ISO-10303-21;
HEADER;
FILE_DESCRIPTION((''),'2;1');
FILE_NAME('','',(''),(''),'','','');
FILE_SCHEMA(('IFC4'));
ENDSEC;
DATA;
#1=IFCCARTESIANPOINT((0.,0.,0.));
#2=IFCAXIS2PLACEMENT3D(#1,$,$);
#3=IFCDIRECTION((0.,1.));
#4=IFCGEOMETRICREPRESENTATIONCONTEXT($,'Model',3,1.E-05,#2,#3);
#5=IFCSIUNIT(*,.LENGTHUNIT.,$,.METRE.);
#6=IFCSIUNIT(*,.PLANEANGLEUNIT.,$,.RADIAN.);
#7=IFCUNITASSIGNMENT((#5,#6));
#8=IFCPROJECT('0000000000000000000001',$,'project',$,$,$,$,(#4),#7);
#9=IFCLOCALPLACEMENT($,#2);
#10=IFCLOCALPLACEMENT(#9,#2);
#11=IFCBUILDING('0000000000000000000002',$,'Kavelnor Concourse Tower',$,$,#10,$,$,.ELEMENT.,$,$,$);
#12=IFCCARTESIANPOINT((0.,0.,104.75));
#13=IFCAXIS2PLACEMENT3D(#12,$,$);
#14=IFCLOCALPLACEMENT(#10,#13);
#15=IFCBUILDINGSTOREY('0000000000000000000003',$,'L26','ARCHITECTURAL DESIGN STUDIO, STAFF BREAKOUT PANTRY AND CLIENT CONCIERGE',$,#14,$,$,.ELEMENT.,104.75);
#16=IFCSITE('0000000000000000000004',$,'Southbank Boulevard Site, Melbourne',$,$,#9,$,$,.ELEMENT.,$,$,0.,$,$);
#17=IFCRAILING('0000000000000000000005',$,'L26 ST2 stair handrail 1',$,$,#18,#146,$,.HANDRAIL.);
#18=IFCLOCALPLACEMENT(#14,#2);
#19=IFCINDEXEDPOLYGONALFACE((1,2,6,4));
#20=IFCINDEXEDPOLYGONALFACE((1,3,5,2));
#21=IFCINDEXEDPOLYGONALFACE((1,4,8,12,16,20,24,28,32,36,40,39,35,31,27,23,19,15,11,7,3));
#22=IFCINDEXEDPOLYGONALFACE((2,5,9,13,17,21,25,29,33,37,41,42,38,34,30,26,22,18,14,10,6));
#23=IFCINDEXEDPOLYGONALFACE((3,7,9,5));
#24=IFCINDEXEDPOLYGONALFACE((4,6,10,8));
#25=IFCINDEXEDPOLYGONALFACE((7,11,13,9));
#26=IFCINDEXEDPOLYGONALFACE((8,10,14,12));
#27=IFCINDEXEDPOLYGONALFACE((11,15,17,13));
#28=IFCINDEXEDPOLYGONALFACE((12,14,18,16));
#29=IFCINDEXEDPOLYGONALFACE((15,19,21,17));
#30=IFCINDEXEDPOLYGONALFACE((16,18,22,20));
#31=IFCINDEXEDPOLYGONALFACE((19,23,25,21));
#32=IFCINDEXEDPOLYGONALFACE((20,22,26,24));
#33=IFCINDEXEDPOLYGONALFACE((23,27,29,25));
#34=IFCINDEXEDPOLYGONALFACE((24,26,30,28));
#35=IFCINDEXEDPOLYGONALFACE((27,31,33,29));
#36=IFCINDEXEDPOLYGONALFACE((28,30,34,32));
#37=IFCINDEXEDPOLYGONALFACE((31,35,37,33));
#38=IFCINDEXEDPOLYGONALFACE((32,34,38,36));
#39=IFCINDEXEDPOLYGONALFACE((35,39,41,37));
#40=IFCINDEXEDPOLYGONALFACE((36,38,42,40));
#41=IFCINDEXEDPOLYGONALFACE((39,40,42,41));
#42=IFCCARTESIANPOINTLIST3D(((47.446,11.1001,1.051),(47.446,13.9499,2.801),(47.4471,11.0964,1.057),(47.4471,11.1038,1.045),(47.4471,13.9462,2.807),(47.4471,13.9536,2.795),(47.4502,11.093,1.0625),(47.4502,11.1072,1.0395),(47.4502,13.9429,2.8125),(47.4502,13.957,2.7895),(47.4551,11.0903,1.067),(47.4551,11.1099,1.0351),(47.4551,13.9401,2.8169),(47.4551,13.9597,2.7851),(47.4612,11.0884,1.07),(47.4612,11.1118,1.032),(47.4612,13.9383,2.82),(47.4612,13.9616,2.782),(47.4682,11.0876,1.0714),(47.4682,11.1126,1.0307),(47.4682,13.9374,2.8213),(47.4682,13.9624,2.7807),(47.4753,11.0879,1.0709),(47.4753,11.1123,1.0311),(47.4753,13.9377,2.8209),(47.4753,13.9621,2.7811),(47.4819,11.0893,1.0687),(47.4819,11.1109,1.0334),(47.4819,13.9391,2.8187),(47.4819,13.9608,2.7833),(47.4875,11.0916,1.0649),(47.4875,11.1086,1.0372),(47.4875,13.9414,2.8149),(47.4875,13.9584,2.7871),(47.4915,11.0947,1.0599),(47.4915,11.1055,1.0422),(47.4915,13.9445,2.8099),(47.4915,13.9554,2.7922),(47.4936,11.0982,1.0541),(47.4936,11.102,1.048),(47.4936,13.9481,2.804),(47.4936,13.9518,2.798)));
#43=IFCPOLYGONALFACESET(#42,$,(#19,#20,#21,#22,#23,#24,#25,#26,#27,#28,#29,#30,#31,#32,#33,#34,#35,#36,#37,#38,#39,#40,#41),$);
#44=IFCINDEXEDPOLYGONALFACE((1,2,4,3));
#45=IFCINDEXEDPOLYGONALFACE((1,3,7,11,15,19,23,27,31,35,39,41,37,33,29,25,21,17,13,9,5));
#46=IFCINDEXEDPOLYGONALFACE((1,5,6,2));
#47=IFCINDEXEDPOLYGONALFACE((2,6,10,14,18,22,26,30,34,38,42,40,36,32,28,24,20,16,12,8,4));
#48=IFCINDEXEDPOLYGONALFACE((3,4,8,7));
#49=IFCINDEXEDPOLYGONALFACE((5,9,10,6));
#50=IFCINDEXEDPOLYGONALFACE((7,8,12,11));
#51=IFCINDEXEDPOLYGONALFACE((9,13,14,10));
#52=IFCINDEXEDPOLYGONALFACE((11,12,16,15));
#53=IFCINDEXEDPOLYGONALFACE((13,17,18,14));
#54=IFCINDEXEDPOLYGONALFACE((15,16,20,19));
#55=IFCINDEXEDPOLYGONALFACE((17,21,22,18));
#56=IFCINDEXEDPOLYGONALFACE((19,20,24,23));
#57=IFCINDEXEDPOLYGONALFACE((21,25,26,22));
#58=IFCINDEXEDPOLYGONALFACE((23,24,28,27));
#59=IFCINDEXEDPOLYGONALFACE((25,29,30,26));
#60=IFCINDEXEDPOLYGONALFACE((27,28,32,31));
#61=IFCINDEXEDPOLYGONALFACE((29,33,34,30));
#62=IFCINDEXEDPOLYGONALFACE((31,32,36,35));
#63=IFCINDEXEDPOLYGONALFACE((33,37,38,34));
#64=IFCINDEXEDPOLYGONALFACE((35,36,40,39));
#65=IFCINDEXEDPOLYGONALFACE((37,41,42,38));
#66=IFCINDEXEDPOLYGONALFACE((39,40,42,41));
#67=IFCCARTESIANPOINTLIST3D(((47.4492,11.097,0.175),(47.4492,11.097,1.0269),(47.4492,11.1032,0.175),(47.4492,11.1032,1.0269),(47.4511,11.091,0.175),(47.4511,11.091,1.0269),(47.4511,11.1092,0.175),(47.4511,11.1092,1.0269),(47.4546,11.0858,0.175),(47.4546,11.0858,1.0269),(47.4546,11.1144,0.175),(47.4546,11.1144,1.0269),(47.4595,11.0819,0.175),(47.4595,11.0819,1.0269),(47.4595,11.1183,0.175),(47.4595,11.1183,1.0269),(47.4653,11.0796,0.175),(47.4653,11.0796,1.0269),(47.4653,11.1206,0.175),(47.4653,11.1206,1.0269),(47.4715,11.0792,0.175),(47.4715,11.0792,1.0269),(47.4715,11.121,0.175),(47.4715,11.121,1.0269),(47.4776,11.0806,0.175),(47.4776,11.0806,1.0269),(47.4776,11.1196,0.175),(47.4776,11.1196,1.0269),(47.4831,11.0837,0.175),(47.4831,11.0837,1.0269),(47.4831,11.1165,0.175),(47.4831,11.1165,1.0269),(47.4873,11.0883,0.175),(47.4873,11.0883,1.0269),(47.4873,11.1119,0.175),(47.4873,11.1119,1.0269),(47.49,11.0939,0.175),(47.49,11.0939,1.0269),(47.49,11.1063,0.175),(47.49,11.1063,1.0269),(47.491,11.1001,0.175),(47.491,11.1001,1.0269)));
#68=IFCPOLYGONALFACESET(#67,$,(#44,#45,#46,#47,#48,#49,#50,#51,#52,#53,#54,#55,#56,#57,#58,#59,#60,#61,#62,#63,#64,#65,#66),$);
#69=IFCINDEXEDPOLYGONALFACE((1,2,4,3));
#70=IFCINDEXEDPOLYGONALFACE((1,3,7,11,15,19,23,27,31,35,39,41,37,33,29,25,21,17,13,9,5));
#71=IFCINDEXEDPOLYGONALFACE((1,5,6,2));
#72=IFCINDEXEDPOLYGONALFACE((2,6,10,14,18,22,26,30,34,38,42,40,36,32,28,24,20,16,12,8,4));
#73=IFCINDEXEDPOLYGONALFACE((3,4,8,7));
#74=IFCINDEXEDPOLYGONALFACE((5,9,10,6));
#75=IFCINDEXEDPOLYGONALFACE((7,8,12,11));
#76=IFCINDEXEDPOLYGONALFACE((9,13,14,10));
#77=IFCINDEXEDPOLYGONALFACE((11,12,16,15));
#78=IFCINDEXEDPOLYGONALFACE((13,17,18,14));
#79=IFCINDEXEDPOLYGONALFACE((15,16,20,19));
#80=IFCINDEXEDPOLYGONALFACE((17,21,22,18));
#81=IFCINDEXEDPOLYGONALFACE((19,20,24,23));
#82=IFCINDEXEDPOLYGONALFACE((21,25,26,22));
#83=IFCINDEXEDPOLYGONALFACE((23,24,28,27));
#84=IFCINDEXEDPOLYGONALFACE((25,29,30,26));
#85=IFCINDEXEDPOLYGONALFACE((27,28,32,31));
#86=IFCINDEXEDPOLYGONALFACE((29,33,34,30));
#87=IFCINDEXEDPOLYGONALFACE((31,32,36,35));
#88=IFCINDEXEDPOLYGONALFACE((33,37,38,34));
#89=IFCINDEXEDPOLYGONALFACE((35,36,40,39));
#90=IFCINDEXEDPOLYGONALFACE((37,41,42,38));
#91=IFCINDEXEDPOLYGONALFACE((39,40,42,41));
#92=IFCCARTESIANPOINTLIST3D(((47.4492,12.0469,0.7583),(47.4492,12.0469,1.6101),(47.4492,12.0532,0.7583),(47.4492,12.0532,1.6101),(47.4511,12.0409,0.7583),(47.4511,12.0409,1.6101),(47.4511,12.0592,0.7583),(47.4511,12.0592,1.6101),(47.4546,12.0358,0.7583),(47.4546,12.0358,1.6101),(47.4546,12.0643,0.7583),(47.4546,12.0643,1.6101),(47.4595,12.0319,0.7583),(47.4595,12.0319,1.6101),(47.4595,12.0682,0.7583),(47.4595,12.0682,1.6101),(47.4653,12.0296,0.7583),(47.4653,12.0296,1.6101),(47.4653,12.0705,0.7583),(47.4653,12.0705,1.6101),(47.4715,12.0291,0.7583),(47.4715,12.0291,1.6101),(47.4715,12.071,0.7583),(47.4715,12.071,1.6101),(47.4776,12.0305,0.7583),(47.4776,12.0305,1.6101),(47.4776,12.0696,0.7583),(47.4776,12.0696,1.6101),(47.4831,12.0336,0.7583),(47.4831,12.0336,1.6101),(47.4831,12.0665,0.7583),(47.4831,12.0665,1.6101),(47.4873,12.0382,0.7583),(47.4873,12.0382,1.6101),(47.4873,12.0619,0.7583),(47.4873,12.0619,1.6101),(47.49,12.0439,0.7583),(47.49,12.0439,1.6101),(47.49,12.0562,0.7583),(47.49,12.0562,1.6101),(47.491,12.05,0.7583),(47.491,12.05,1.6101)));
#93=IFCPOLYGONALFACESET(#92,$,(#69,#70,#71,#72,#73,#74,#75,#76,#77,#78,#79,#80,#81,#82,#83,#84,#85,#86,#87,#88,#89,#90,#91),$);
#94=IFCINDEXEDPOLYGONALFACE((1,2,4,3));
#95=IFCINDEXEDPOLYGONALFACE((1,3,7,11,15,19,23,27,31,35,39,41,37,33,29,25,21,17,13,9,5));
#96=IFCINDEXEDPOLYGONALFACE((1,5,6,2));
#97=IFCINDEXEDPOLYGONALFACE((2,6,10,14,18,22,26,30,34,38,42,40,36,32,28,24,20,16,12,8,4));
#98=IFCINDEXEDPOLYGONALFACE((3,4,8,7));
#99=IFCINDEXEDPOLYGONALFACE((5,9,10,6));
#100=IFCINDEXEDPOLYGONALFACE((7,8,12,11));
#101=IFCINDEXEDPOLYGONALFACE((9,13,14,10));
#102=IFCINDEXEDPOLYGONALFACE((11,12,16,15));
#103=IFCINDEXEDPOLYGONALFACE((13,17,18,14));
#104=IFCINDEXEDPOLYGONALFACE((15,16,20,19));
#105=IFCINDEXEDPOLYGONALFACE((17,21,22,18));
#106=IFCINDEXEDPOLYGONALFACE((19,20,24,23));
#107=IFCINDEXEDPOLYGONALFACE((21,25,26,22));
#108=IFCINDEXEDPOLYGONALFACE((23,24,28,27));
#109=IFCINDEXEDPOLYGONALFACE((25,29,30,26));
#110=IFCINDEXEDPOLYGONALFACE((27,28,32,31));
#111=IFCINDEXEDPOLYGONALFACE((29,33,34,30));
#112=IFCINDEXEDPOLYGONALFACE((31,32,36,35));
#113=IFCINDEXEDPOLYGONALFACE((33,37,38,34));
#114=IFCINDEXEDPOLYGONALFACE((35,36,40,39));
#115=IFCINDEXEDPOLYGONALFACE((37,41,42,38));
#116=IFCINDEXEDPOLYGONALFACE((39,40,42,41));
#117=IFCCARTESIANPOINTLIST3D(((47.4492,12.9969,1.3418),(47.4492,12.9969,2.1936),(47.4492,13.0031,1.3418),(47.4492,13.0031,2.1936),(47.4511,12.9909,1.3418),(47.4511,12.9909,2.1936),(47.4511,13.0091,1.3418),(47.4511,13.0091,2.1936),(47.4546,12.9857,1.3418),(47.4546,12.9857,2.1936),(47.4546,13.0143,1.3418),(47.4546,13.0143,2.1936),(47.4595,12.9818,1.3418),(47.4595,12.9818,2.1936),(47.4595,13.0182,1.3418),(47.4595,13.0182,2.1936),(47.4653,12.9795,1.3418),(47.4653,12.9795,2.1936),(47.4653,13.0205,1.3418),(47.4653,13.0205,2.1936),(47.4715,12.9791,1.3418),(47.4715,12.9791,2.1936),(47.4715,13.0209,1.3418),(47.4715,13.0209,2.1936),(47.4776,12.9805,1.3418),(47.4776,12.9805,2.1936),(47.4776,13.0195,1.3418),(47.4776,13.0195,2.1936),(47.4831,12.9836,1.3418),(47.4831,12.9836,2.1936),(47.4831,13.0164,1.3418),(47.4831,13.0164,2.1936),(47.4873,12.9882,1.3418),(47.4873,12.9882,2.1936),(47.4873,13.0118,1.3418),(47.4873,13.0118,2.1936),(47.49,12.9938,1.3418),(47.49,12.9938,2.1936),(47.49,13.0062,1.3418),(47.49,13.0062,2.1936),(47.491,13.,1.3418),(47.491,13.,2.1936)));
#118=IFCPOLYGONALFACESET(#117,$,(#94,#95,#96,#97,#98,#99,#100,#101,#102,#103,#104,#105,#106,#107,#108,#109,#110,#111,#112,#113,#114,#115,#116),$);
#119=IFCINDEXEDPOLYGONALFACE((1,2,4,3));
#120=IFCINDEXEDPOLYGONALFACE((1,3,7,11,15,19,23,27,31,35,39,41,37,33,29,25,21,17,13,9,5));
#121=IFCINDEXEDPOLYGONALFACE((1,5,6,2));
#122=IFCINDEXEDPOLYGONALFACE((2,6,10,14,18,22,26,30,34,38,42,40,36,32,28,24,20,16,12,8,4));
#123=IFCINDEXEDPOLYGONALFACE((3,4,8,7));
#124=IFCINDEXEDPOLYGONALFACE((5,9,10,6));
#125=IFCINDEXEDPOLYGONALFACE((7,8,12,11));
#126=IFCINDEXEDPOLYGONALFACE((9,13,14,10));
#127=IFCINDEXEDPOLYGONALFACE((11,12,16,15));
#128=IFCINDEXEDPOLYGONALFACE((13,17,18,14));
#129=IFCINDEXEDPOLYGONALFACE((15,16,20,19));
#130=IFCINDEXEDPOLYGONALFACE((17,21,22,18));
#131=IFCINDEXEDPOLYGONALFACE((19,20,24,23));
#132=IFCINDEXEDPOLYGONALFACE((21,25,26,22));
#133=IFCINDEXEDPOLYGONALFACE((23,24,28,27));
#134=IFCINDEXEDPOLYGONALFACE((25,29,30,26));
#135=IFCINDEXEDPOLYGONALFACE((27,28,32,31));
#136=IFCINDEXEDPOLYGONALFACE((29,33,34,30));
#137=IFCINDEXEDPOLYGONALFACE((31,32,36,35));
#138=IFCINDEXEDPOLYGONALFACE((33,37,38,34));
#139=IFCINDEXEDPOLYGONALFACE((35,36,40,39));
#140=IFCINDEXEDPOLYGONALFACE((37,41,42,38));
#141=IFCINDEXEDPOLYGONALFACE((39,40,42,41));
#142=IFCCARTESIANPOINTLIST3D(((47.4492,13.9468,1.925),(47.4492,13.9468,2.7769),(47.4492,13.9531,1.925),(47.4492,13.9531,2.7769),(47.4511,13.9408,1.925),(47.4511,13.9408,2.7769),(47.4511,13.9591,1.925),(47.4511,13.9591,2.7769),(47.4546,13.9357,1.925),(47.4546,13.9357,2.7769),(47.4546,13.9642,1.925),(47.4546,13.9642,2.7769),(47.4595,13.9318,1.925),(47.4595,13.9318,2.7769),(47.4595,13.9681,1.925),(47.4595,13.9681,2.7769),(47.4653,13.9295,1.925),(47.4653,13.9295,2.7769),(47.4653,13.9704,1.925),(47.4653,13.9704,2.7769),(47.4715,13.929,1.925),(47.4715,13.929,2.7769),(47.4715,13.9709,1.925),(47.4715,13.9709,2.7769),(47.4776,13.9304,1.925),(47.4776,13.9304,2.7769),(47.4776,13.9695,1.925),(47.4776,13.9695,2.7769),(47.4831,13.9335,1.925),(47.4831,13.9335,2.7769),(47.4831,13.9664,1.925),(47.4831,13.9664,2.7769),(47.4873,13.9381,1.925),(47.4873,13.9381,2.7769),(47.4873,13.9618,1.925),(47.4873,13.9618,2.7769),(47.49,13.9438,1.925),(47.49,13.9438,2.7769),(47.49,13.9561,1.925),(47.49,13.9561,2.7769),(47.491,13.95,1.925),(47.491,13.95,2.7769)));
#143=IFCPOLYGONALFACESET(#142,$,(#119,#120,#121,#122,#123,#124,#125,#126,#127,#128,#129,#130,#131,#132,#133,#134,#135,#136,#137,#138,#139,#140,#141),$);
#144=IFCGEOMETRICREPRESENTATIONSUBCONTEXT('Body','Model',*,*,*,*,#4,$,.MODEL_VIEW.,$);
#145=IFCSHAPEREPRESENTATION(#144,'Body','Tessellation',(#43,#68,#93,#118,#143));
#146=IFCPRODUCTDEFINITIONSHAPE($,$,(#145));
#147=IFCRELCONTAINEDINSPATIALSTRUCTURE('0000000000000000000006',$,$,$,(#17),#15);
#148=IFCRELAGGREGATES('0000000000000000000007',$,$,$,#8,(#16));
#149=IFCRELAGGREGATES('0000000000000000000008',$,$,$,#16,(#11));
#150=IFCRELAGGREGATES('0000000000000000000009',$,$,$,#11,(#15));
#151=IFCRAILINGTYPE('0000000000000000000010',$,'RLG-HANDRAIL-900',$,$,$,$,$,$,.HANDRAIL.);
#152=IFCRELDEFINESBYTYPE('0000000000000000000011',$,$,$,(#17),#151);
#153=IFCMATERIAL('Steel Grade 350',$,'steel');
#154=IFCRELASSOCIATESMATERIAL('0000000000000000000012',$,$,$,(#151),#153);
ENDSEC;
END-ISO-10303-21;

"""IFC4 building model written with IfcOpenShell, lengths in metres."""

from ifc_helpers import new_model, si_unit, direction, frame, origin, origin_2d, place, context, subcontext, project, spatial, circle, extrude, material, type_object, element, save


model = new_model("IFC4")

# Units and contexts
model_context = context("Model", 3, precision=1e-05, world=origin(), true_north=direction((0.0, 1.0)))
body_context = subcontext(model_context, "Body", "Model", "MODEL_VIEW")
ifc_project = project(units=[si_unit("LENGTHUNIT", "METRE"), si_unit("PLANEANGLEUNIT", "RADIAN")], contexts=[model_context])

# Site, building, storey
site_placement = place(None, origin())
site = spatial("IfcSite", under=ifc_project, at=site_placement, Name="Southbank Boulevard Site, Melbourne", CompositionType="ELEMENT", RefElevation=0.0)
building_placement = place(site_placement, origin())
building = spatial("IfcBuilding", under=site, at=building_placement, Name="Kavelnor Concourse Tower", CompositionType="ELEMENT")
storey_placement = place(building_placement, frame((0.0, 0.0, 104.75)))
storey = spatial("IfcBuildingStorey", under=building, at=storey_placement, Name="L26", Description="ARCHITECTURAL DESIGN STUDIO, STAFF BREAKOUT PANTRY AND CLIENT CONCIERGE", CompositionType="ELEMENT", Elevation=104.75)

# Shared definitions
ifc_material_1 = material(Name="Steel Grade 350", Category="steel")

# Railing
railing_type_1 = type_object("IfcRailingType", Name="RLG-HANDRAIL-900", PredefinedType="HANDRAIL", material=ifc_material_1)
railing_1_placement = place(storey_placement, frame((47.47, 11.1001, 0.175)))
element("IfcRailing", 1, at=railing_1_placement, inside=storey, type_object=railing_type_1, Name="L26 ST2 stair handrail 1", PredefinedType="HANDRAIL", context=body_context, shape_type="SweptSolid", body=[
    extrude(circle(Radius=0.0239, at=origin_2d()), frame((0.0, 0.0, 0.876), z_axis=(0.0, 0.852159, 0.523283), x_axis=(-1.0, 0.0, 0.0)), (0.0, 0.0, 1.0), 3.3442),
    extrude(circle(Radius=0.021, at=origin_2d()), origin(), (0.0, 0.0, 1.0), 0.8518),
    extrude(circle(Radius=0.021, at=origin_2d()), frame((0.0, 0.95, 0.5833)), (0.0, 0.0, 1.0), 0.8518),
    extrude(circle(Radius=0.021, at=origin_2d()), frame((0.0, 1.8999, 1.1667)), (0.0, 0.0, 1.0), 0.8518),
    extrude(circle(Radius=0.021, at=origin_2d()), frame((0.0, 2.8499, 1.75)), (0.0, 0.0, 1.0), 0.8518),
])

save(model, "model.ifc")
